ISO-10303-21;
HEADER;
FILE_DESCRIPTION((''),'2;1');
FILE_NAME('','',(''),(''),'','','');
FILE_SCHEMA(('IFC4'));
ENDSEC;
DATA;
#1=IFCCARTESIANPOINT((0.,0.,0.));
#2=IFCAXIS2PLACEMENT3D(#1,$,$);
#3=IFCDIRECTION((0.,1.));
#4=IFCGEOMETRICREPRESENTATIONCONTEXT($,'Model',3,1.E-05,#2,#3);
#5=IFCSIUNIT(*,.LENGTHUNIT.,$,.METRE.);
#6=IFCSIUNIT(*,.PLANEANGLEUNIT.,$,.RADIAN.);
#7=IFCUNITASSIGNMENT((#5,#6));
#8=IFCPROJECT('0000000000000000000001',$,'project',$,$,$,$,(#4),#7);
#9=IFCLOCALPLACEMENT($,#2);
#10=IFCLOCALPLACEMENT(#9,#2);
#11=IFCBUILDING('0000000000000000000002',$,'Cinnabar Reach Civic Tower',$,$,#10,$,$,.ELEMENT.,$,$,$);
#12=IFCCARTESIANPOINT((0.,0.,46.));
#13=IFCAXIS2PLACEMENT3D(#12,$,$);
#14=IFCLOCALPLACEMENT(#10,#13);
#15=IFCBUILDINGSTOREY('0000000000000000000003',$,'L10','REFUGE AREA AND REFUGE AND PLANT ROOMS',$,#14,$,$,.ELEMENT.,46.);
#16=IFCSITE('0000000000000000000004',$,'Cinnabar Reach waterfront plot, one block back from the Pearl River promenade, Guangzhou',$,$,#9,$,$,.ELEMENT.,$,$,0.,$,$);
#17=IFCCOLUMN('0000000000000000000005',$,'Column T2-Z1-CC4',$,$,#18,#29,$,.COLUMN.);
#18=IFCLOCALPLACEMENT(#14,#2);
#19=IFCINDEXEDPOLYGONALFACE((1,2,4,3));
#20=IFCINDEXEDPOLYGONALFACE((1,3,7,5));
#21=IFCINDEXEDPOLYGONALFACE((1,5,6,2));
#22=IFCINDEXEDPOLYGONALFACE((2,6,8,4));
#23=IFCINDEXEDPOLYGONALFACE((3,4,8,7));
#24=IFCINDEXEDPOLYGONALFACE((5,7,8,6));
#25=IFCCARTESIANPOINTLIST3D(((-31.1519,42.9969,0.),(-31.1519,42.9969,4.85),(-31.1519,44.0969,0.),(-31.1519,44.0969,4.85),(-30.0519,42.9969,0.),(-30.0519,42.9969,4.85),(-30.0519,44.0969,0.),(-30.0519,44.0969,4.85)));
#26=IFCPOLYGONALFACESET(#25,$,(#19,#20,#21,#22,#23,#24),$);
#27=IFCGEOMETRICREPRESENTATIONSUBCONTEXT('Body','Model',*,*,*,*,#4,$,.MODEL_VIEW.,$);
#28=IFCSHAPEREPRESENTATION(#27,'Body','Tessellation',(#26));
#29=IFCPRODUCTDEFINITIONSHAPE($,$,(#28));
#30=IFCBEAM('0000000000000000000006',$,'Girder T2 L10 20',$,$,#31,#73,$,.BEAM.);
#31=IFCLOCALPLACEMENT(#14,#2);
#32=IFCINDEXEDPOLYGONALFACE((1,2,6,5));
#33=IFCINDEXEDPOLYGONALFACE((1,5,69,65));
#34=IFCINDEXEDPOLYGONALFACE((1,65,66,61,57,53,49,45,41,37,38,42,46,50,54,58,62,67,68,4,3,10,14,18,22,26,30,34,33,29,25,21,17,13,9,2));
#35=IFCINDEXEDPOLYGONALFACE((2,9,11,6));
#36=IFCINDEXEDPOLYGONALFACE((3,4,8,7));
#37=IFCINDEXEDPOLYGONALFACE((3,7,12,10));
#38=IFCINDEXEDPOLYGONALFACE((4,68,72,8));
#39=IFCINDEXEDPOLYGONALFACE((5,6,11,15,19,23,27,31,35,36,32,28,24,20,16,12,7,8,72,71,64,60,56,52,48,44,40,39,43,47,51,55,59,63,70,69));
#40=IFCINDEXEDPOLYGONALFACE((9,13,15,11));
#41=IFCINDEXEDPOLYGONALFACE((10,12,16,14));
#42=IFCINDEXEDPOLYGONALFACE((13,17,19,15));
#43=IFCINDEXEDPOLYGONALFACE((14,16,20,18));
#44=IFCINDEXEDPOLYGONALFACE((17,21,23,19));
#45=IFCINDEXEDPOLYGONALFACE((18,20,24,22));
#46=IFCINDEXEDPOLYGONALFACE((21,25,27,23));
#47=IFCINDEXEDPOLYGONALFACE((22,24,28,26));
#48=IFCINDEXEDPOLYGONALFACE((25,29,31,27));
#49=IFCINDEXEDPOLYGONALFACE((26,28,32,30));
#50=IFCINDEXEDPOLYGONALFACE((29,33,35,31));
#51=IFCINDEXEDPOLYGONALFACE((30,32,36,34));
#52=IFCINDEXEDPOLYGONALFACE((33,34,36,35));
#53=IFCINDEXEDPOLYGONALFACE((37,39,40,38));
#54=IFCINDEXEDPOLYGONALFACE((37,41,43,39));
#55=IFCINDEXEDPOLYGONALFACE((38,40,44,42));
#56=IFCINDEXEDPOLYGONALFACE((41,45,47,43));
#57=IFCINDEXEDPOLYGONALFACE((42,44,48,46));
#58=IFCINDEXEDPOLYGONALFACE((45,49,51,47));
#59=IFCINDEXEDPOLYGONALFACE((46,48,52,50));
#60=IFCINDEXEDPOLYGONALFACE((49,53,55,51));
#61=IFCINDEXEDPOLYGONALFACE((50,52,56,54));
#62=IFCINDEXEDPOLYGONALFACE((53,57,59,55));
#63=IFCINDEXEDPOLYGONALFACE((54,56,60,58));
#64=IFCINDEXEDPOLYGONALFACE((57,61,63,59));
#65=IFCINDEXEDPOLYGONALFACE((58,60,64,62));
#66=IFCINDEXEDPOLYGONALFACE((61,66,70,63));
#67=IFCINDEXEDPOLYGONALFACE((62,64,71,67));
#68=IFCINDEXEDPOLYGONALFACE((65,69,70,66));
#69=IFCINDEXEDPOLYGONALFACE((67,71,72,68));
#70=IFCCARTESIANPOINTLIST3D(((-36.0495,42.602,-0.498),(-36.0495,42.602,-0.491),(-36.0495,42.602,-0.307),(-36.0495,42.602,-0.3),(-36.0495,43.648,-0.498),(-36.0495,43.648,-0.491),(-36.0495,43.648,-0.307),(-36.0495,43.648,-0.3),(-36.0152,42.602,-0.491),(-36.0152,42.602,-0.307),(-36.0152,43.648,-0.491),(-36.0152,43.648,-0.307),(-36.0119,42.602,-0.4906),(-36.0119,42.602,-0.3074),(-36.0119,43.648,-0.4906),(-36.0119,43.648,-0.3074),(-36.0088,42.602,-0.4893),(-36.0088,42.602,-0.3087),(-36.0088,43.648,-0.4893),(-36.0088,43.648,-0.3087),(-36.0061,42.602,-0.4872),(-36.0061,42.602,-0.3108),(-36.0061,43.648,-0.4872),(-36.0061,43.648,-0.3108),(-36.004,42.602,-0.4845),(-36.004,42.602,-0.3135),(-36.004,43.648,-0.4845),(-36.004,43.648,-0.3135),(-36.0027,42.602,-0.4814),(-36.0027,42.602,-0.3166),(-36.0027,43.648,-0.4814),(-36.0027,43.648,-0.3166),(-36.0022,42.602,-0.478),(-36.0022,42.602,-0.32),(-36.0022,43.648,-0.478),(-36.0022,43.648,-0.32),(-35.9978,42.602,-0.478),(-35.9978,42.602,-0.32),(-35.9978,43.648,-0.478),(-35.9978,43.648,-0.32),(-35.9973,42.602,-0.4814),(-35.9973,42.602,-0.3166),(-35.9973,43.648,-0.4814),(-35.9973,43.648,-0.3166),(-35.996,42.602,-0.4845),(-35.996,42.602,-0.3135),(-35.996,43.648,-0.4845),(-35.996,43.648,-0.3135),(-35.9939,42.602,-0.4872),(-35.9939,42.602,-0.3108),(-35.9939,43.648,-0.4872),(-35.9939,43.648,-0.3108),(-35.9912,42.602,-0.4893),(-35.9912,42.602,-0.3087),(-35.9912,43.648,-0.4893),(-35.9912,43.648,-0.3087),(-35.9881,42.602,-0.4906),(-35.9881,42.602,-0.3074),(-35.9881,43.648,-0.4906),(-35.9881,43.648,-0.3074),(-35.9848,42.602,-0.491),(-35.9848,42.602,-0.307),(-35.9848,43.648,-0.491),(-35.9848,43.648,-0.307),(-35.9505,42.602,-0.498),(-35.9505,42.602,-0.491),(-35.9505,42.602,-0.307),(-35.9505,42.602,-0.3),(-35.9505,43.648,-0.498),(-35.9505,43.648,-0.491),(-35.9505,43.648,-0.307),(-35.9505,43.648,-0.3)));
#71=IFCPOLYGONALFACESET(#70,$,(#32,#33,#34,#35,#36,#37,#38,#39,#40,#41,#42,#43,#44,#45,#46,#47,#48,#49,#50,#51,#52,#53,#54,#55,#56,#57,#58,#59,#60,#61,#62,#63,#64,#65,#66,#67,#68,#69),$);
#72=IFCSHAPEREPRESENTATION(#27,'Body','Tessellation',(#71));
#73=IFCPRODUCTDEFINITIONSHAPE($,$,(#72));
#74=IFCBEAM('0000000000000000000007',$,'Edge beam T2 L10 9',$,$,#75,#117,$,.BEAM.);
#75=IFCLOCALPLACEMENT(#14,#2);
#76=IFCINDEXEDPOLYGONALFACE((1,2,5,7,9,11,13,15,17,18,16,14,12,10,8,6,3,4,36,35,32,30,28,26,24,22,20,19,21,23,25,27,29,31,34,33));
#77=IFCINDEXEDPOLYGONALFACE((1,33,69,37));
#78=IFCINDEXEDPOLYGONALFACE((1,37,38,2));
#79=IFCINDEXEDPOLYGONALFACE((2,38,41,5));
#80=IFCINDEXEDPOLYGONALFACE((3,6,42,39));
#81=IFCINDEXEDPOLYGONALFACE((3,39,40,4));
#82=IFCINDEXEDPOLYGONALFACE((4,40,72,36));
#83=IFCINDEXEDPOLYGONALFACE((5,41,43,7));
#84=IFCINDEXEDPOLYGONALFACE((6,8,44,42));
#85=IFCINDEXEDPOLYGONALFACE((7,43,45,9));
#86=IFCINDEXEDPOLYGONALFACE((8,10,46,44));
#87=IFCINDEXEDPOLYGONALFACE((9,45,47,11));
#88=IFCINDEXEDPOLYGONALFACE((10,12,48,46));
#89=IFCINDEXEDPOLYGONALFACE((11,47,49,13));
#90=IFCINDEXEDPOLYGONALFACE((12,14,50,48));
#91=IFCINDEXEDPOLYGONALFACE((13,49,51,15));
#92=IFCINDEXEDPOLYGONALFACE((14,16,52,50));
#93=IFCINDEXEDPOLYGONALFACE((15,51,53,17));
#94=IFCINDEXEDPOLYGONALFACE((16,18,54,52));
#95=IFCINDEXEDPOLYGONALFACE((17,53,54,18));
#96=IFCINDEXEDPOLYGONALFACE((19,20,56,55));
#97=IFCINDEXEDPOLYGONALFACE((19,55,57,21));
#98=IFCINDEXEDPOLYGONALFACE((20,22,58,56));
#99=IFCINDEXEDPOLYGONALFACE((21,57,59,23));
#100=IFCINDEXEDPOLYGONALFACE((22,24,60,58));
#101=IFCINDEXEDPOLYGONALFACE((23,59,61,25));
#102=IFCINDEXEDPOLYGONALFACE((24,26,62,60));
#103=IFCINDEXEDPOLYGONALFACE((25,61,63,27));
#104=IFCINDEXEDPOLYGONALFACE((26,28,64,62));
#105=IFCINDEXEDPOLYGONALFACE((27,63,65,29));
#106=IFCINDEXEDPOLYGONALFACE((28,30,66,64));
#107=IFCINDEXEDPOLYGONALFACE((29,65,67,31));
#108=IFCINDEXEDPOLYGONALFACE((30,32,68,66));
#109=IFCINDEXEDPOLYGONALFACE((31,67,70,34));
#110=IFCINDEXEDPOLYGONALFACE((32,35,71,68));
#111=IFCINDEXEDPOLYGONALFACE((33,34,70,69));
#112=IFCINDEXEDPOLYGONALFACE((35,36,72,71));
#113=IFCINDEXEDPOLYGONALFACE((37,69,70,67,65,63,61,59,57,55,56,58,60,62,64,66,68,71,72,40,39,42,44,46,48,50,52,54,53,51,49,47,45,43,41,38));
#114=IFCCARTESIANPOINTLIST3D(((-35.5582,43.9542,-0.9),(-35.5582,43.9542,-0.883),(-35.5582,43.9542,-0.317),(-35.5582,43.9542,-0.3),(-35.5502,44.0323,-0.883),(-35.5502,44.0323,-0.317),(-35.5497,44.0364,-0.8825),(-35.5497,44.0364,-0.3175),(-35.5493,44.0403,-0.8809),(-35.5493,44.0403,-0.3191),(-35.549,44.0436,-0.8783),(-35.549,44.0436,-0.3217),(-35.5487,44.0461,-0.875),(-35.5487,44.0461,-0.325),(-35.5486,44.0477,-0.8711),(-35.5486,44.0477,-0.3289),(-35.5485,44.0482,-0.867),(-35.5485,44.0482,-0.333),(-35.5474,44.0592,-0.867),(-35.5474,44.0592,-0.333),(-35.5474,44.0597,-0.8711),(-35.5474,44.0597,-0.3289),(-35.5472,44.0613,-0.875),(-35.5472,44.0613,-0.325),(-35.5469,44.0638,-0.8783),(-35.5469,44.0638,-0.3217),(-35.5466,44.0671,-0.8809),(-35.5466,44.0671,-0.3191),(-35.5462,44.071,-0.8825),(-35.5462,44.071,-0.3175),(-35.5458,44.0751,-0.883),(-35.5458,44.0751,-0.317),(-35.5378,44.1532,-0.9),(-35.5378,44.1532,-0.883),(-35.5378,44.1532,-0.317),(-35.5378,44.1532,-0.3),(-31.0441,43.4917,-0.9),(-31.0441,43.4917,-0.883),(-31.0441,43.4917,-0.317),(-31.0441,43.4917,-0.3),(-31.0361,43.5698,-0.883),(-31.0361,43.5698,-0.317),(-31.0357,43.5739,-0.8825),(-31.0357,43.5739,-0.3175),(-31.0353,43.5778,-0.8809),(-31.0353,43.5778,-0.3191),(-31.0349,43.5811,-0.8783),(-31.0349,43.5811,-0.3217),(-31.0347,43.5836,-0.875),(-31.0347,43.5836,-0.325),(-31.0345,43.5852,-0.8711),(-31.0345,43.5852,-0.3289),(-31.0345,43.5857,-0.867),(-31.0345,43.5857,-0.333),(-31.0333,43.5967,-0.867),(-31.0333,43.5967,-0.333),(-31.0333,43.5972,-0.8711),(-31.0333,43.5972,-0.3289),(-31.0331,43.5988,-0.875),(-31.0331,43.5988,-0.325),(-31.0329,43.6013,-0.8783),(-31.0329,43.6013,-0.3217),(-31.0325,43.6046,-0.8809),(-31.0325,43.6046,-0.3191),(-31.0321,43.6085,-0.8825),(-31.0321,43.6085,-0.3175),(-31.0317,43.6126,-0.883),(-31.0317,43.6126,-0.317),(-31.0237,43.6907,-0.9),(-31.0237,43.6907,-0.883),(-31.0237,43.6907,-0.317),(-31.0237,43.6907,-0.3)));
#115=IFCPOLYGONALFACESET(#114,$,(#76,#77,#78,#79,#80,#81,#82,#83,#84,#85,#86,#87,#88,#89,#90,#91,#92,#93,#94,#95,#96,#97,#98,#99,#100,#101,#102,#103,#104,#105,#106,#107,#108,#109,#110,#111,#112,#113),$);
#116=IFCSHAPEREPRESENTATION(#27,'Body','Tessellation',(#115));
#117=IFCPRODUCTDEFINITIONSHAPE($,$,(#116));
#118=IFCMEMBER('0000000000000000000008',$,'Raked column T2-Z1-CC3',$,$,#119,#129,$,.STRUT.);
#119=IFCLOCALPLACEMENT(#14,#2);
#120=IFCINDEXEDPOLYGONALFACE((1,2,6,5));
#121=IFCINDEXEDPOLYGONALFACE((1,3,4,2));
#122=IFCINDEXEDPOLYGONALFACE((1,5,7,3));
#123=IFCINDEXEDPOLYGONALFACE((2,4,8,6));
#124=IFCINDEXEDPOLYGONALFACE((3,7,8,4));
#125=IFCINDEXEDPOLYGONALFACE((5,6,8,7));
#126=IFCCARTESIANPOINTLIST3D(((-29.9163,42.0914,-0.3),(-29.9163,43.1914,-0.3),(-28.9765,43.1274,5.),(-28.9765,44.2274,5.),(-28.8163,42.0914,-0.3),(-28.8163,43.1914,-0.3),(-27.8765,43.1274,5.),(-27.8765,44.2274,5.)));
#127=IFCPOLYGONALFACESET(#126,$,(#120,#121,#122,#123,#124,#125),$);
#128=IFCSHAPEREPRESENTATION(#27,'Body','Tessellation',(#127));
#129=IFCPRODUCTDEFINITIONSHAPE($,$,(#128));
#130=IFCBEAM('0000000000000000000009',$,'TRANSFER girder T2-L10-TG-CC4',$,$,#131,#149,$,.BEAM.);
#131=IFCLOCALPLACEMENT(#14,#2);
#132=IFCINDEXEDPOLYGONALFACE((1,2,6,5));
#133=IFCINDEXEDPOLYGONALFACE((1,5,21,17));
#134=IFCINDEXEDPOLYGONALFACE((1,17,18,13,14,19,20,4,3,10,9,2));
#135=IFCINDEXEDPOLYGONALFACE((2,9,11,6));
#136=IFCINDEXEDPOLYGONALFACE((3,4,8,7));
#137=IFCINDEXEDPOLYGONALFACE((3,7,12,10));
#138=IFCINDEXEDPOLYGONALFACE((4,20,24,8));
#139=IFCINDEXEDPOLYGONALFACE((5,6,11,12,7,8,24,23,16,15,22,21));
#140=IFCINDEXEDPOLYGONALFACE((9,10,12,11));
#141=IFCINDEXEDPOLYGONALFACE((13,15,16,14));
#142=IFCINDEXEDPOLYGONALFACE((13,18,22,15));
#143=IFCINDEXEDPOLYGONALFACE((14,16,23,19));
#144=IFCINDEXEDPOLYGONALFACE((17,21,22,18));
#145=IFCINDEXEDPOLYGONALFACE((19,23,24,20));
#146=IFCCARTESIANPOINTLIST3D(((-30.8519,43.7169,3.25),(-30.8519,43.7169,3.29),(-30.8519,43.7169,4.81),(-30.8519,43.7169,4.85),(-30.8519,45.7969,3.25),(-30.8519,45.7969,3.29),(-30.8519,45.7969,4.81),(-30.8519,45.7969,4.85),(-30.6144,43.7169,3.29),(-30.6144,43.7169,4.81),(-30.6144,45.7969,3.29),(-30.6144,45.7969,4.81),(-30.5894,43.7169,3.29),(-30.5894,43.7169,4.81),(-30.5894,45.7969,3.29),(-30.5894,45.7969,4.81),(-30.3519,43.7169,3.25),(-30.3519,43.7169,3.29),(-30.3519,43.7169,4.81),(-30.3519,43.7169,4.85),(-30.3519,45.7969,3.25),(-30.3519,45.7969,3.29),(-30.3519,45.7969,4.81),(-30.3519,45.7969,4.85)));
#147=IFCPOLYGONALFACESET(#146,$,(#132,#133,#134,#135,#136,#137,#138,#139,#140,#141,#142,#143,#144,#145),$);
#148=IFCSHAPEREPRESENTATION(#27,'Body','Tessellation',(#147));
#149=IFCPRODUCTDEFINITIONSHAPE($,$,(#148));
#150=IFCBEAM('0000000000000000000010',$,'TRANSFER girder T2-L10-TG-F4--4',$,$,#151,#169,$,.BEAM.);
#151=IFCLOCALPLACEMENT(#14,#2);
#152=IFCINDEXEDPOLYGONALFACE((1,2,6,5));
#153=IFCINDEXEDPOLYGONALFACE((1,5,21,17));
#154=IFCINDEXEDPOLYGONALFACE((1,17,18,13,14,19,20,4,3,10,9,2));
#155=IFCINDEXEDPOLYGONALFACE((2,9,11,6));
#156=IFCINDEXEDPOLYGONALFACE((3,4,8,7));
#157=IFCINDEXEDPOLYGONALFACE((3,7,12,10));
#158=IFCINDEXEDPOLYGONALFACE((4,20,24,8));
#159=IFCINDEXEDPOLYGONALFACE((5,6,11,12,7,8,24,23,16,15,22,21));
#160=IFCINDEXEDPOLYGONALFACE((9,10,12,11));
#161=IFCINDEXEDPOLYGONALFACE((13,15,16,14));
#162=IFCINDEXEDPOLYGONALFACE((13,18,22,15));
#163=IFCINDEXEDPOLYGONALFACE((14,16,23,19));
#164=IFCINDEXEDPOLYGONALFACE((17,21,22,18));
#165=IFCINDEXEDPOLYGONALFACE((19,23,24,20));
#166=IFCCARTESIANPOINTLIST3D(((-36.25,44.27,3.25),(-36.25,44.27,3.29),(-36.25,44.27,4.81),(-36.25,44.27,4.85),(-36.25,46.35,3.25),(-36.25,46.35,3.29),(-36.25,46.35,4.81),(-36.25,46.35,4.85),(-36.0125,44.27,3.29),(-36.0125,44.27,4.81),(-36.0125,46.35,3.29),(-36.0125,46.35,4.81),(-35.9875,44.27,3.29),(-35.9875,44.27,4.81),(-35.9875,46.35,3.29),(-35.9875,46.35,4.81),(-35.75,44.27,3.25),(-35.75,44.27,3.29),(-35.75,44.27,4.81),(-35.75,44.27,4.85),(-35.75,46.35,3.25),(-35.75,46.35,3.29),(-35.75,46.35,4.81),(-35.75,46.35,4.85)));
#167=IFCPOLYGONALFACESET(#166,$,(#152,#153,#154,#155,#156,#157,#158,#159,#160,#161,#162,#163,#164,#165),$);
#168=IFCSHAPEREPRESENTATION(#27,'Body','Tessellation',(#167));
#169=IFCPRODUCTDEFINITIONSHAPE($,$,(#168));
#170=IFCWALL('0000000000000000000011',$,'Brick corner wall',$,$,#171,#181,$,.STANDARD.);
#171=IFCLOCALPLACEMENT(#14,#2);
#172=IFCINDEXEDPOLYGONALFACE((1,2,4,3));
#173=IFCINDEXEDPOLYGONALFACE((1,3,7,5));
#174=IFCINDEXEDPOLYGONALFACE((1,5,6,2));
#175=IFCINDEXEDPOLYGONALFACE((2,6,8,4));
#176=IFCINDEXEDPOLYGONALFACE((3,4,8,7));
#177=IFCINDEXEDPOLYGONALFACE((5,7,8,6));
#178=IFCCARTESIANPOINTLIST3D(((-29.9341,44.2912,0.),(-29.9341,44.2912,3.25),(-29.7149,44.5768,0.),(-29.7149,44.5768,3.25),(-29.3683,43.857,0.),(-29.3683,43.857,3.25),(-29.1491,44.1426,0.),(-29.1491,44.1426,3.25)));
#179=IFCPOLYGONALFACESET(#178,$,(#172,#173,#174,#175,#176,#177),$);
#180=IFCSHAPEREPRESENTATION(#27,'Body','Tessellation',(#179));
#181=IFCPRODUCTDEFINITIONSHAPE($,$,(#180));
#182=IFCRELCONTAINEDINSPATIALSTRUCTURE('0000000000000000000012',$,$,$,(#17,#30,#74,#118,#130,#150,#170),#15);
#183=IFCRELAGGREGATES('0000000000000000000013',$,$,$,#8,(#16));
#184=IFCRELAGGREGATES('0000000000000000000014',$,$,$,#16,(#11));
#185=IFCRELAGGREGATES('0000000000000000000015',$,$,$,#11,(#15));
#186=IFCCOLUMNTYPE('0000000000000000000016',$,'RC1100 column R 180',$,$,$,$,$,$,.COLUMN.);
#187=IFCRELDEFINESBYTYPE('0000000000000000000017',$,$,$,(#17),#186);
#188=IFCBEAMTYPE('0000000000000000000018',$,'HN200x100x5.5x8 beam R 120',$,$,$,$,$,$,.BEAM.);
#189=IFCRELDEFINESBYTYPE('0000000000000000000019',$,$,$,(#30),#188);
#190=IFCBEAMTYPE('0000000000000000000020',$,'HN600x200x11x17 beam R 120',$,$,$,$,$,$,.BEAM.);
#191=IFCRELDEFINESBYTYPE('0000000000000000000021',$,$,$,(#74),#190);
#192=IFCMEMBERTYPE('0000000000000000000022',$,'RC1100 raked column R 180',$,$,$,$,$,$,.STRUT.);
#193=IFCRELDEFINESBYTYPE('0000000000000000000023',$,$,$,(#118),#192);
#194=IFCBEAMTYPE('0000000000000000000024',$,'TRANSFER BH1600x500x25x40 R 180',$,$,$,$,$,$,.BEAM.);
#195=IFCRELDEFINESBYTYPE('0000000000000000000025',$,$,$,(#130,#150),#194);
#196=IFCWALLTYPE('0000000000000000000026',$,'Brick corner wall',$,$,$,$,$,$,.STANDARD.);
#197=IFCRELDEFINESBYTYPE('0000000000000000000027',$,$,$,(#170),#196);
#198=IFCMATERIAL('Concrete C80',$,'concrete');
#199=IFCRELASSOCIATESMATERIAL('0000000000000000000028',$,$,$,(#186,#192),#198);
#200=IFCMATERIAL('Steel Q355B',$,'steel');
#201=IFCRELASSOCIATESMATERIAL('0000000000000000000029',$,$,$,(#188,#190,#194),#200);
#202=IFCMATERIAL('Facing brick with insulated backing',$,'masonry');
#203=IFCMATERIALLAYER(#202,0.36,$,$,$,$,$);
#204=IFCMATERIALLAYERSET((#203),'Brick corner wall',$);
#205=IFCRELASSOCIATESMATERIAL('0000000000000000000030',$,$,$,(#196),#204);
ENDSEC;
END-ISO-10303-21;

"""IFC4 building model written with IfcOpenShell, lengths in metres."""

from ifc_helpers import new_model, si_unit, direction, frame, frame_2d, origin, origin_2d, place, context, subcontext, project, spatial, rectangle, i_section, extrude, material, layer, layer_set, material_profile, profile_set, type_object, element, save


model = new_model("IFC4")

# Units and contexts
model_context = context("Model", 3, precision=1e-05, world=origin(), true_north=direction((0.0, 1.0)))
body_context = subcontext(model_context, "Body", "Model", "MODEL_VIEW")
ifc_project = project(units=[si_unit("LENGTHUNIT", "METRE"), si_unit("PLANEANGLEUNIT", "RADIAN")], contexts=[model_context])

# Site, building, storey
site_placement = place(None, origin())
site = spatial("IfcSite", under=ifc_project, at=site_placement, Name="Cinnabar Reach waterfront plot, one block back from the Pearl River promenade, Guangzhou", CompositionType="ELEMENT", RefElevation=0.0)
building_placement = place(site_placement, origin())
building = spatial("IfcBuilding", under=site, at=building_placement, Name="Cinnabar Reach Civic Tower", CompositionType="ELEMENT")
storey_placement = place(building_placement, frame((0.0, 0.0, 46.0)))
storey = spatial("IfcBuildingStorey", under=building, at=storey_placement, Name="L10", Description="REFUGE AREA AND REFUGE AND PLANT ROOMS", CompositionType="ELEMENT", Elevation=46.0)

# Column
ifc_material_1 = material(Name="Concrete C80", Category="concrete")
ifc_material_profile_1 = material_profile(ifc_material_1, rectangle(XDim=1.1, YDim=1.1, at=origin_2d()), Name="RC1100")
ifc_profile_set_1 = profile_set([ifc_material_profile_1], Name="Concrete C80")
column_type = type_object("IfcColumnType", Name="RC1100 column R 180", PredefinedType="COLUMN", material=ifc_profile_set_1)
column_placement = place(storey_placement, frame((-30.6019, 43.5469, 0.0), z_axis=(0.0, 0.0, 1.0), x_axis=(1.0, 0.0, 0.0)))
element("IfcColumn", 1, at=column_placement, inside=storey, type_object=column_type, Name="Column T2-Z1-CC4", PredefinedType="COLUMN", context=body_context, shape_type="SweptSolid", body=[
    extrude(rectangle(XDim=1.1, YDim=1.1, at=origin_2d()), origin(), (0.0, 0.0, 1.0), 4.85),
])

# Beams
ifc_material_2 = material(Name="Steel Q355B", Category="steel")
ifc_material_profile_2 = material_profile(ifc_material_2, i_section(OverallWidth=0.099, OverallDepth=0.198, WebThickness=0.0045, FlangeThickness=0.007, FilletRadius=0.013, at=origin_2d()), Name="HN200x100x5.5x8")
ifc_profile_set_2 = profile_set([ifc_material_profile_2], Name="Steel Q355B")
beam_type_1 = type_object("IfcBeamType", Name="HN200x100x5.5x8 beam R 120", PredefinedType="BEAM", material=ifc_profile_set_2)
beam_1_placement = place(storey_placement, frame((-36.0, 42.602, -0.399), z_axis=(0.0, 1.0, 0.0), x_axis=(-1.0, 0.0, 0.0)))
element("IfcBeam", 2, at=beam_1_placement, inside=storey, type_object=beam_type_1, Name="Girder T2 L10 20", PredefinedType="BEAM", context=body_context, shape_type="SweptSolid", body=[
    extrude(i_section(OverallWidth=0.099, OverallDepth=0.198, WebThickness=0.0045, FlangeThickness=0.007, FilletRadius=0.013, at=origin_2d()), origin(), (0.0, 0.0, 1.0), 1.046),
])
ifc_material_profile_3 = material_profile(ifc_material_2, i_section(OverallWidth=0.2, OverallDepth=0.6, WebThickness=0.011, FlangeThickness=0.017, FilletRadius=0.016, at=origin_2d()), Name="HN600x200x11x17")
ifc_profile_set_3 = profile_set([ifc_material_profile_3], Name="Steel Q355B")
beam_type_2 = type_object("IfcBeamType", Name="HN600x200x11x17 beam R 120", PredefinedType="BEAM", material=ifc_profile_set_3)
beam_2_placement = place(storey_placement, frame((-31.0339, 43.5912, -0.6), z_axis=(-0.994792, 0.101923, 0.0), x_axis=(-0.101923, -0.994792, 0.0)))
element("IfcBeam", 3, at=beam_2_placement, inside=storey, type_object=beam_type_2, Name="Edge beam T2 L10 9", PredefinedType="BEAM", context=body_context, shape_type="SweptSolid", body=[
    extrude(i_section(OverallWidth=0.2, OverallDepth=0.6, WebThickness=0.011, FlangeThickness=0.017, FilletRadius=0.016, at=origin_2d()), origin(), (0.0, 0.0, 1.0), 4.5377),
])

# Member
ifc_material_profile_4 = material_profile(ifc_material_1, rectangle(XDim=1.1, YDim=1.1, at=origin_2d()), Name="RC1100")
ifc_profile_set_4 = profile_set([ifc_material_profile_4], Name="Concrete C80")
member_type = type_object("IfcMemberType", Name="RC1100 raked column R 180", PredefinedType="STRUT", material=ifc_profile_set_4)
member_placement = place(storey_placement, frame((-29.3663, 42.6414, -0.3), z_axis=(0.0, 0.0, 1.0), x_axis=(1.0, 0.0, 0.0)))
element("IfcMember", 4, at=member_placement, inside=storey, type_object=member_type, Name="Raked column T2-Z1-CC3", PredefinedType="STRUT", context=body_context, shape_type="SweptSolid", body=[
    extrude(rectangle(XDim=1.1, YDim=1.1, at=origin_2d()), origin(), (0.17145, 0.189, 0.966894), 5.4815),
])

# Beams
ifc_material_profile_5 = material_profile(ifc_material_2, i_section(OverallWidth=0.5, OverallDepth=1.6, WebThickness=0.025, FlangeThickness=0.04, at=origin_2d()), Name="BH1600x500x25x40")
ifc_profile_set_5 = profile_set([ifc_material_profile_5], Name="Steel Q355B")
beam_type_3 = type_object("IfcBeamType", Name="TRANSFER BH1600x500x25x40 R 180", PredefinedType="BEAM", material=ifc_profile_set_5)
for number, where, z_axis, x_axis, name in (
    (5, (-30.6019, 43.7169, 4.05), (0.0, 1.0, 0.0), (-1.0, 0.0, 0.0), "TRANSFER girder T2-L10-TG-CC4"),
    (6, (-36.0, 44.27, 4.05), (0.0, 1.0, 0.0), (-1.0, 0.0, 0.0), "TRANSFER girder T2-L10-TG-F4--4"),
):
    element("IfcBeam", number, at=place(storey_placement, frame(where, z_axis=z_axis, x_axis=x_axis)), inside=storey, type_object=beam_type_3, Name=name, PredefinedType="BEAM", context=body_context, shape_type="SweptSolid", body=[
        extrude(i_section(OverallWidth=0.5, OverallDepth=1.6, WebThickness=0.025, FlangeThickness=0.04, at=origin_2d()), origin(), (0.0, 0.0, 1.0), 2.08),
    ])

# Wall
ifc_material_3 = material(Name="Facing brick with insulated backing", Category="masonry")
ifc_layer_1 = layer(ifc_material_3, 0.36)
ifc_layer_set_1 = layer_set([ifc_layer_1], Name="Brick corner wall")
wall_type_1 = type_object("IfcWallType", Name="Brick corner wall", PredefinedType="STANDARD", material=ifc_layer_set_1)
wall_1_placement = place(storey_placement, frame((-29.2587, 43.9998, 0.0), z_axis=(0.0, 0.0, 1.0), x_axis=(-0.793322, 0.608802, 0.0)))
element("IfcWall", 7, at=wall_1_placement, inside=storey, type_object=wall_type_1, Name="Brick corner wall", PredefinedType="STANDARD", context=body_context, shape_type="SweptSolid", body=[
    extrude(rectangle(XDim=0.7132, YDim=0.36, at=frame_2d((0.3566, 0.0))), origin(), (0.0, 0.0, 1.0), 3.25),
])

save(model, "model.ifc")
